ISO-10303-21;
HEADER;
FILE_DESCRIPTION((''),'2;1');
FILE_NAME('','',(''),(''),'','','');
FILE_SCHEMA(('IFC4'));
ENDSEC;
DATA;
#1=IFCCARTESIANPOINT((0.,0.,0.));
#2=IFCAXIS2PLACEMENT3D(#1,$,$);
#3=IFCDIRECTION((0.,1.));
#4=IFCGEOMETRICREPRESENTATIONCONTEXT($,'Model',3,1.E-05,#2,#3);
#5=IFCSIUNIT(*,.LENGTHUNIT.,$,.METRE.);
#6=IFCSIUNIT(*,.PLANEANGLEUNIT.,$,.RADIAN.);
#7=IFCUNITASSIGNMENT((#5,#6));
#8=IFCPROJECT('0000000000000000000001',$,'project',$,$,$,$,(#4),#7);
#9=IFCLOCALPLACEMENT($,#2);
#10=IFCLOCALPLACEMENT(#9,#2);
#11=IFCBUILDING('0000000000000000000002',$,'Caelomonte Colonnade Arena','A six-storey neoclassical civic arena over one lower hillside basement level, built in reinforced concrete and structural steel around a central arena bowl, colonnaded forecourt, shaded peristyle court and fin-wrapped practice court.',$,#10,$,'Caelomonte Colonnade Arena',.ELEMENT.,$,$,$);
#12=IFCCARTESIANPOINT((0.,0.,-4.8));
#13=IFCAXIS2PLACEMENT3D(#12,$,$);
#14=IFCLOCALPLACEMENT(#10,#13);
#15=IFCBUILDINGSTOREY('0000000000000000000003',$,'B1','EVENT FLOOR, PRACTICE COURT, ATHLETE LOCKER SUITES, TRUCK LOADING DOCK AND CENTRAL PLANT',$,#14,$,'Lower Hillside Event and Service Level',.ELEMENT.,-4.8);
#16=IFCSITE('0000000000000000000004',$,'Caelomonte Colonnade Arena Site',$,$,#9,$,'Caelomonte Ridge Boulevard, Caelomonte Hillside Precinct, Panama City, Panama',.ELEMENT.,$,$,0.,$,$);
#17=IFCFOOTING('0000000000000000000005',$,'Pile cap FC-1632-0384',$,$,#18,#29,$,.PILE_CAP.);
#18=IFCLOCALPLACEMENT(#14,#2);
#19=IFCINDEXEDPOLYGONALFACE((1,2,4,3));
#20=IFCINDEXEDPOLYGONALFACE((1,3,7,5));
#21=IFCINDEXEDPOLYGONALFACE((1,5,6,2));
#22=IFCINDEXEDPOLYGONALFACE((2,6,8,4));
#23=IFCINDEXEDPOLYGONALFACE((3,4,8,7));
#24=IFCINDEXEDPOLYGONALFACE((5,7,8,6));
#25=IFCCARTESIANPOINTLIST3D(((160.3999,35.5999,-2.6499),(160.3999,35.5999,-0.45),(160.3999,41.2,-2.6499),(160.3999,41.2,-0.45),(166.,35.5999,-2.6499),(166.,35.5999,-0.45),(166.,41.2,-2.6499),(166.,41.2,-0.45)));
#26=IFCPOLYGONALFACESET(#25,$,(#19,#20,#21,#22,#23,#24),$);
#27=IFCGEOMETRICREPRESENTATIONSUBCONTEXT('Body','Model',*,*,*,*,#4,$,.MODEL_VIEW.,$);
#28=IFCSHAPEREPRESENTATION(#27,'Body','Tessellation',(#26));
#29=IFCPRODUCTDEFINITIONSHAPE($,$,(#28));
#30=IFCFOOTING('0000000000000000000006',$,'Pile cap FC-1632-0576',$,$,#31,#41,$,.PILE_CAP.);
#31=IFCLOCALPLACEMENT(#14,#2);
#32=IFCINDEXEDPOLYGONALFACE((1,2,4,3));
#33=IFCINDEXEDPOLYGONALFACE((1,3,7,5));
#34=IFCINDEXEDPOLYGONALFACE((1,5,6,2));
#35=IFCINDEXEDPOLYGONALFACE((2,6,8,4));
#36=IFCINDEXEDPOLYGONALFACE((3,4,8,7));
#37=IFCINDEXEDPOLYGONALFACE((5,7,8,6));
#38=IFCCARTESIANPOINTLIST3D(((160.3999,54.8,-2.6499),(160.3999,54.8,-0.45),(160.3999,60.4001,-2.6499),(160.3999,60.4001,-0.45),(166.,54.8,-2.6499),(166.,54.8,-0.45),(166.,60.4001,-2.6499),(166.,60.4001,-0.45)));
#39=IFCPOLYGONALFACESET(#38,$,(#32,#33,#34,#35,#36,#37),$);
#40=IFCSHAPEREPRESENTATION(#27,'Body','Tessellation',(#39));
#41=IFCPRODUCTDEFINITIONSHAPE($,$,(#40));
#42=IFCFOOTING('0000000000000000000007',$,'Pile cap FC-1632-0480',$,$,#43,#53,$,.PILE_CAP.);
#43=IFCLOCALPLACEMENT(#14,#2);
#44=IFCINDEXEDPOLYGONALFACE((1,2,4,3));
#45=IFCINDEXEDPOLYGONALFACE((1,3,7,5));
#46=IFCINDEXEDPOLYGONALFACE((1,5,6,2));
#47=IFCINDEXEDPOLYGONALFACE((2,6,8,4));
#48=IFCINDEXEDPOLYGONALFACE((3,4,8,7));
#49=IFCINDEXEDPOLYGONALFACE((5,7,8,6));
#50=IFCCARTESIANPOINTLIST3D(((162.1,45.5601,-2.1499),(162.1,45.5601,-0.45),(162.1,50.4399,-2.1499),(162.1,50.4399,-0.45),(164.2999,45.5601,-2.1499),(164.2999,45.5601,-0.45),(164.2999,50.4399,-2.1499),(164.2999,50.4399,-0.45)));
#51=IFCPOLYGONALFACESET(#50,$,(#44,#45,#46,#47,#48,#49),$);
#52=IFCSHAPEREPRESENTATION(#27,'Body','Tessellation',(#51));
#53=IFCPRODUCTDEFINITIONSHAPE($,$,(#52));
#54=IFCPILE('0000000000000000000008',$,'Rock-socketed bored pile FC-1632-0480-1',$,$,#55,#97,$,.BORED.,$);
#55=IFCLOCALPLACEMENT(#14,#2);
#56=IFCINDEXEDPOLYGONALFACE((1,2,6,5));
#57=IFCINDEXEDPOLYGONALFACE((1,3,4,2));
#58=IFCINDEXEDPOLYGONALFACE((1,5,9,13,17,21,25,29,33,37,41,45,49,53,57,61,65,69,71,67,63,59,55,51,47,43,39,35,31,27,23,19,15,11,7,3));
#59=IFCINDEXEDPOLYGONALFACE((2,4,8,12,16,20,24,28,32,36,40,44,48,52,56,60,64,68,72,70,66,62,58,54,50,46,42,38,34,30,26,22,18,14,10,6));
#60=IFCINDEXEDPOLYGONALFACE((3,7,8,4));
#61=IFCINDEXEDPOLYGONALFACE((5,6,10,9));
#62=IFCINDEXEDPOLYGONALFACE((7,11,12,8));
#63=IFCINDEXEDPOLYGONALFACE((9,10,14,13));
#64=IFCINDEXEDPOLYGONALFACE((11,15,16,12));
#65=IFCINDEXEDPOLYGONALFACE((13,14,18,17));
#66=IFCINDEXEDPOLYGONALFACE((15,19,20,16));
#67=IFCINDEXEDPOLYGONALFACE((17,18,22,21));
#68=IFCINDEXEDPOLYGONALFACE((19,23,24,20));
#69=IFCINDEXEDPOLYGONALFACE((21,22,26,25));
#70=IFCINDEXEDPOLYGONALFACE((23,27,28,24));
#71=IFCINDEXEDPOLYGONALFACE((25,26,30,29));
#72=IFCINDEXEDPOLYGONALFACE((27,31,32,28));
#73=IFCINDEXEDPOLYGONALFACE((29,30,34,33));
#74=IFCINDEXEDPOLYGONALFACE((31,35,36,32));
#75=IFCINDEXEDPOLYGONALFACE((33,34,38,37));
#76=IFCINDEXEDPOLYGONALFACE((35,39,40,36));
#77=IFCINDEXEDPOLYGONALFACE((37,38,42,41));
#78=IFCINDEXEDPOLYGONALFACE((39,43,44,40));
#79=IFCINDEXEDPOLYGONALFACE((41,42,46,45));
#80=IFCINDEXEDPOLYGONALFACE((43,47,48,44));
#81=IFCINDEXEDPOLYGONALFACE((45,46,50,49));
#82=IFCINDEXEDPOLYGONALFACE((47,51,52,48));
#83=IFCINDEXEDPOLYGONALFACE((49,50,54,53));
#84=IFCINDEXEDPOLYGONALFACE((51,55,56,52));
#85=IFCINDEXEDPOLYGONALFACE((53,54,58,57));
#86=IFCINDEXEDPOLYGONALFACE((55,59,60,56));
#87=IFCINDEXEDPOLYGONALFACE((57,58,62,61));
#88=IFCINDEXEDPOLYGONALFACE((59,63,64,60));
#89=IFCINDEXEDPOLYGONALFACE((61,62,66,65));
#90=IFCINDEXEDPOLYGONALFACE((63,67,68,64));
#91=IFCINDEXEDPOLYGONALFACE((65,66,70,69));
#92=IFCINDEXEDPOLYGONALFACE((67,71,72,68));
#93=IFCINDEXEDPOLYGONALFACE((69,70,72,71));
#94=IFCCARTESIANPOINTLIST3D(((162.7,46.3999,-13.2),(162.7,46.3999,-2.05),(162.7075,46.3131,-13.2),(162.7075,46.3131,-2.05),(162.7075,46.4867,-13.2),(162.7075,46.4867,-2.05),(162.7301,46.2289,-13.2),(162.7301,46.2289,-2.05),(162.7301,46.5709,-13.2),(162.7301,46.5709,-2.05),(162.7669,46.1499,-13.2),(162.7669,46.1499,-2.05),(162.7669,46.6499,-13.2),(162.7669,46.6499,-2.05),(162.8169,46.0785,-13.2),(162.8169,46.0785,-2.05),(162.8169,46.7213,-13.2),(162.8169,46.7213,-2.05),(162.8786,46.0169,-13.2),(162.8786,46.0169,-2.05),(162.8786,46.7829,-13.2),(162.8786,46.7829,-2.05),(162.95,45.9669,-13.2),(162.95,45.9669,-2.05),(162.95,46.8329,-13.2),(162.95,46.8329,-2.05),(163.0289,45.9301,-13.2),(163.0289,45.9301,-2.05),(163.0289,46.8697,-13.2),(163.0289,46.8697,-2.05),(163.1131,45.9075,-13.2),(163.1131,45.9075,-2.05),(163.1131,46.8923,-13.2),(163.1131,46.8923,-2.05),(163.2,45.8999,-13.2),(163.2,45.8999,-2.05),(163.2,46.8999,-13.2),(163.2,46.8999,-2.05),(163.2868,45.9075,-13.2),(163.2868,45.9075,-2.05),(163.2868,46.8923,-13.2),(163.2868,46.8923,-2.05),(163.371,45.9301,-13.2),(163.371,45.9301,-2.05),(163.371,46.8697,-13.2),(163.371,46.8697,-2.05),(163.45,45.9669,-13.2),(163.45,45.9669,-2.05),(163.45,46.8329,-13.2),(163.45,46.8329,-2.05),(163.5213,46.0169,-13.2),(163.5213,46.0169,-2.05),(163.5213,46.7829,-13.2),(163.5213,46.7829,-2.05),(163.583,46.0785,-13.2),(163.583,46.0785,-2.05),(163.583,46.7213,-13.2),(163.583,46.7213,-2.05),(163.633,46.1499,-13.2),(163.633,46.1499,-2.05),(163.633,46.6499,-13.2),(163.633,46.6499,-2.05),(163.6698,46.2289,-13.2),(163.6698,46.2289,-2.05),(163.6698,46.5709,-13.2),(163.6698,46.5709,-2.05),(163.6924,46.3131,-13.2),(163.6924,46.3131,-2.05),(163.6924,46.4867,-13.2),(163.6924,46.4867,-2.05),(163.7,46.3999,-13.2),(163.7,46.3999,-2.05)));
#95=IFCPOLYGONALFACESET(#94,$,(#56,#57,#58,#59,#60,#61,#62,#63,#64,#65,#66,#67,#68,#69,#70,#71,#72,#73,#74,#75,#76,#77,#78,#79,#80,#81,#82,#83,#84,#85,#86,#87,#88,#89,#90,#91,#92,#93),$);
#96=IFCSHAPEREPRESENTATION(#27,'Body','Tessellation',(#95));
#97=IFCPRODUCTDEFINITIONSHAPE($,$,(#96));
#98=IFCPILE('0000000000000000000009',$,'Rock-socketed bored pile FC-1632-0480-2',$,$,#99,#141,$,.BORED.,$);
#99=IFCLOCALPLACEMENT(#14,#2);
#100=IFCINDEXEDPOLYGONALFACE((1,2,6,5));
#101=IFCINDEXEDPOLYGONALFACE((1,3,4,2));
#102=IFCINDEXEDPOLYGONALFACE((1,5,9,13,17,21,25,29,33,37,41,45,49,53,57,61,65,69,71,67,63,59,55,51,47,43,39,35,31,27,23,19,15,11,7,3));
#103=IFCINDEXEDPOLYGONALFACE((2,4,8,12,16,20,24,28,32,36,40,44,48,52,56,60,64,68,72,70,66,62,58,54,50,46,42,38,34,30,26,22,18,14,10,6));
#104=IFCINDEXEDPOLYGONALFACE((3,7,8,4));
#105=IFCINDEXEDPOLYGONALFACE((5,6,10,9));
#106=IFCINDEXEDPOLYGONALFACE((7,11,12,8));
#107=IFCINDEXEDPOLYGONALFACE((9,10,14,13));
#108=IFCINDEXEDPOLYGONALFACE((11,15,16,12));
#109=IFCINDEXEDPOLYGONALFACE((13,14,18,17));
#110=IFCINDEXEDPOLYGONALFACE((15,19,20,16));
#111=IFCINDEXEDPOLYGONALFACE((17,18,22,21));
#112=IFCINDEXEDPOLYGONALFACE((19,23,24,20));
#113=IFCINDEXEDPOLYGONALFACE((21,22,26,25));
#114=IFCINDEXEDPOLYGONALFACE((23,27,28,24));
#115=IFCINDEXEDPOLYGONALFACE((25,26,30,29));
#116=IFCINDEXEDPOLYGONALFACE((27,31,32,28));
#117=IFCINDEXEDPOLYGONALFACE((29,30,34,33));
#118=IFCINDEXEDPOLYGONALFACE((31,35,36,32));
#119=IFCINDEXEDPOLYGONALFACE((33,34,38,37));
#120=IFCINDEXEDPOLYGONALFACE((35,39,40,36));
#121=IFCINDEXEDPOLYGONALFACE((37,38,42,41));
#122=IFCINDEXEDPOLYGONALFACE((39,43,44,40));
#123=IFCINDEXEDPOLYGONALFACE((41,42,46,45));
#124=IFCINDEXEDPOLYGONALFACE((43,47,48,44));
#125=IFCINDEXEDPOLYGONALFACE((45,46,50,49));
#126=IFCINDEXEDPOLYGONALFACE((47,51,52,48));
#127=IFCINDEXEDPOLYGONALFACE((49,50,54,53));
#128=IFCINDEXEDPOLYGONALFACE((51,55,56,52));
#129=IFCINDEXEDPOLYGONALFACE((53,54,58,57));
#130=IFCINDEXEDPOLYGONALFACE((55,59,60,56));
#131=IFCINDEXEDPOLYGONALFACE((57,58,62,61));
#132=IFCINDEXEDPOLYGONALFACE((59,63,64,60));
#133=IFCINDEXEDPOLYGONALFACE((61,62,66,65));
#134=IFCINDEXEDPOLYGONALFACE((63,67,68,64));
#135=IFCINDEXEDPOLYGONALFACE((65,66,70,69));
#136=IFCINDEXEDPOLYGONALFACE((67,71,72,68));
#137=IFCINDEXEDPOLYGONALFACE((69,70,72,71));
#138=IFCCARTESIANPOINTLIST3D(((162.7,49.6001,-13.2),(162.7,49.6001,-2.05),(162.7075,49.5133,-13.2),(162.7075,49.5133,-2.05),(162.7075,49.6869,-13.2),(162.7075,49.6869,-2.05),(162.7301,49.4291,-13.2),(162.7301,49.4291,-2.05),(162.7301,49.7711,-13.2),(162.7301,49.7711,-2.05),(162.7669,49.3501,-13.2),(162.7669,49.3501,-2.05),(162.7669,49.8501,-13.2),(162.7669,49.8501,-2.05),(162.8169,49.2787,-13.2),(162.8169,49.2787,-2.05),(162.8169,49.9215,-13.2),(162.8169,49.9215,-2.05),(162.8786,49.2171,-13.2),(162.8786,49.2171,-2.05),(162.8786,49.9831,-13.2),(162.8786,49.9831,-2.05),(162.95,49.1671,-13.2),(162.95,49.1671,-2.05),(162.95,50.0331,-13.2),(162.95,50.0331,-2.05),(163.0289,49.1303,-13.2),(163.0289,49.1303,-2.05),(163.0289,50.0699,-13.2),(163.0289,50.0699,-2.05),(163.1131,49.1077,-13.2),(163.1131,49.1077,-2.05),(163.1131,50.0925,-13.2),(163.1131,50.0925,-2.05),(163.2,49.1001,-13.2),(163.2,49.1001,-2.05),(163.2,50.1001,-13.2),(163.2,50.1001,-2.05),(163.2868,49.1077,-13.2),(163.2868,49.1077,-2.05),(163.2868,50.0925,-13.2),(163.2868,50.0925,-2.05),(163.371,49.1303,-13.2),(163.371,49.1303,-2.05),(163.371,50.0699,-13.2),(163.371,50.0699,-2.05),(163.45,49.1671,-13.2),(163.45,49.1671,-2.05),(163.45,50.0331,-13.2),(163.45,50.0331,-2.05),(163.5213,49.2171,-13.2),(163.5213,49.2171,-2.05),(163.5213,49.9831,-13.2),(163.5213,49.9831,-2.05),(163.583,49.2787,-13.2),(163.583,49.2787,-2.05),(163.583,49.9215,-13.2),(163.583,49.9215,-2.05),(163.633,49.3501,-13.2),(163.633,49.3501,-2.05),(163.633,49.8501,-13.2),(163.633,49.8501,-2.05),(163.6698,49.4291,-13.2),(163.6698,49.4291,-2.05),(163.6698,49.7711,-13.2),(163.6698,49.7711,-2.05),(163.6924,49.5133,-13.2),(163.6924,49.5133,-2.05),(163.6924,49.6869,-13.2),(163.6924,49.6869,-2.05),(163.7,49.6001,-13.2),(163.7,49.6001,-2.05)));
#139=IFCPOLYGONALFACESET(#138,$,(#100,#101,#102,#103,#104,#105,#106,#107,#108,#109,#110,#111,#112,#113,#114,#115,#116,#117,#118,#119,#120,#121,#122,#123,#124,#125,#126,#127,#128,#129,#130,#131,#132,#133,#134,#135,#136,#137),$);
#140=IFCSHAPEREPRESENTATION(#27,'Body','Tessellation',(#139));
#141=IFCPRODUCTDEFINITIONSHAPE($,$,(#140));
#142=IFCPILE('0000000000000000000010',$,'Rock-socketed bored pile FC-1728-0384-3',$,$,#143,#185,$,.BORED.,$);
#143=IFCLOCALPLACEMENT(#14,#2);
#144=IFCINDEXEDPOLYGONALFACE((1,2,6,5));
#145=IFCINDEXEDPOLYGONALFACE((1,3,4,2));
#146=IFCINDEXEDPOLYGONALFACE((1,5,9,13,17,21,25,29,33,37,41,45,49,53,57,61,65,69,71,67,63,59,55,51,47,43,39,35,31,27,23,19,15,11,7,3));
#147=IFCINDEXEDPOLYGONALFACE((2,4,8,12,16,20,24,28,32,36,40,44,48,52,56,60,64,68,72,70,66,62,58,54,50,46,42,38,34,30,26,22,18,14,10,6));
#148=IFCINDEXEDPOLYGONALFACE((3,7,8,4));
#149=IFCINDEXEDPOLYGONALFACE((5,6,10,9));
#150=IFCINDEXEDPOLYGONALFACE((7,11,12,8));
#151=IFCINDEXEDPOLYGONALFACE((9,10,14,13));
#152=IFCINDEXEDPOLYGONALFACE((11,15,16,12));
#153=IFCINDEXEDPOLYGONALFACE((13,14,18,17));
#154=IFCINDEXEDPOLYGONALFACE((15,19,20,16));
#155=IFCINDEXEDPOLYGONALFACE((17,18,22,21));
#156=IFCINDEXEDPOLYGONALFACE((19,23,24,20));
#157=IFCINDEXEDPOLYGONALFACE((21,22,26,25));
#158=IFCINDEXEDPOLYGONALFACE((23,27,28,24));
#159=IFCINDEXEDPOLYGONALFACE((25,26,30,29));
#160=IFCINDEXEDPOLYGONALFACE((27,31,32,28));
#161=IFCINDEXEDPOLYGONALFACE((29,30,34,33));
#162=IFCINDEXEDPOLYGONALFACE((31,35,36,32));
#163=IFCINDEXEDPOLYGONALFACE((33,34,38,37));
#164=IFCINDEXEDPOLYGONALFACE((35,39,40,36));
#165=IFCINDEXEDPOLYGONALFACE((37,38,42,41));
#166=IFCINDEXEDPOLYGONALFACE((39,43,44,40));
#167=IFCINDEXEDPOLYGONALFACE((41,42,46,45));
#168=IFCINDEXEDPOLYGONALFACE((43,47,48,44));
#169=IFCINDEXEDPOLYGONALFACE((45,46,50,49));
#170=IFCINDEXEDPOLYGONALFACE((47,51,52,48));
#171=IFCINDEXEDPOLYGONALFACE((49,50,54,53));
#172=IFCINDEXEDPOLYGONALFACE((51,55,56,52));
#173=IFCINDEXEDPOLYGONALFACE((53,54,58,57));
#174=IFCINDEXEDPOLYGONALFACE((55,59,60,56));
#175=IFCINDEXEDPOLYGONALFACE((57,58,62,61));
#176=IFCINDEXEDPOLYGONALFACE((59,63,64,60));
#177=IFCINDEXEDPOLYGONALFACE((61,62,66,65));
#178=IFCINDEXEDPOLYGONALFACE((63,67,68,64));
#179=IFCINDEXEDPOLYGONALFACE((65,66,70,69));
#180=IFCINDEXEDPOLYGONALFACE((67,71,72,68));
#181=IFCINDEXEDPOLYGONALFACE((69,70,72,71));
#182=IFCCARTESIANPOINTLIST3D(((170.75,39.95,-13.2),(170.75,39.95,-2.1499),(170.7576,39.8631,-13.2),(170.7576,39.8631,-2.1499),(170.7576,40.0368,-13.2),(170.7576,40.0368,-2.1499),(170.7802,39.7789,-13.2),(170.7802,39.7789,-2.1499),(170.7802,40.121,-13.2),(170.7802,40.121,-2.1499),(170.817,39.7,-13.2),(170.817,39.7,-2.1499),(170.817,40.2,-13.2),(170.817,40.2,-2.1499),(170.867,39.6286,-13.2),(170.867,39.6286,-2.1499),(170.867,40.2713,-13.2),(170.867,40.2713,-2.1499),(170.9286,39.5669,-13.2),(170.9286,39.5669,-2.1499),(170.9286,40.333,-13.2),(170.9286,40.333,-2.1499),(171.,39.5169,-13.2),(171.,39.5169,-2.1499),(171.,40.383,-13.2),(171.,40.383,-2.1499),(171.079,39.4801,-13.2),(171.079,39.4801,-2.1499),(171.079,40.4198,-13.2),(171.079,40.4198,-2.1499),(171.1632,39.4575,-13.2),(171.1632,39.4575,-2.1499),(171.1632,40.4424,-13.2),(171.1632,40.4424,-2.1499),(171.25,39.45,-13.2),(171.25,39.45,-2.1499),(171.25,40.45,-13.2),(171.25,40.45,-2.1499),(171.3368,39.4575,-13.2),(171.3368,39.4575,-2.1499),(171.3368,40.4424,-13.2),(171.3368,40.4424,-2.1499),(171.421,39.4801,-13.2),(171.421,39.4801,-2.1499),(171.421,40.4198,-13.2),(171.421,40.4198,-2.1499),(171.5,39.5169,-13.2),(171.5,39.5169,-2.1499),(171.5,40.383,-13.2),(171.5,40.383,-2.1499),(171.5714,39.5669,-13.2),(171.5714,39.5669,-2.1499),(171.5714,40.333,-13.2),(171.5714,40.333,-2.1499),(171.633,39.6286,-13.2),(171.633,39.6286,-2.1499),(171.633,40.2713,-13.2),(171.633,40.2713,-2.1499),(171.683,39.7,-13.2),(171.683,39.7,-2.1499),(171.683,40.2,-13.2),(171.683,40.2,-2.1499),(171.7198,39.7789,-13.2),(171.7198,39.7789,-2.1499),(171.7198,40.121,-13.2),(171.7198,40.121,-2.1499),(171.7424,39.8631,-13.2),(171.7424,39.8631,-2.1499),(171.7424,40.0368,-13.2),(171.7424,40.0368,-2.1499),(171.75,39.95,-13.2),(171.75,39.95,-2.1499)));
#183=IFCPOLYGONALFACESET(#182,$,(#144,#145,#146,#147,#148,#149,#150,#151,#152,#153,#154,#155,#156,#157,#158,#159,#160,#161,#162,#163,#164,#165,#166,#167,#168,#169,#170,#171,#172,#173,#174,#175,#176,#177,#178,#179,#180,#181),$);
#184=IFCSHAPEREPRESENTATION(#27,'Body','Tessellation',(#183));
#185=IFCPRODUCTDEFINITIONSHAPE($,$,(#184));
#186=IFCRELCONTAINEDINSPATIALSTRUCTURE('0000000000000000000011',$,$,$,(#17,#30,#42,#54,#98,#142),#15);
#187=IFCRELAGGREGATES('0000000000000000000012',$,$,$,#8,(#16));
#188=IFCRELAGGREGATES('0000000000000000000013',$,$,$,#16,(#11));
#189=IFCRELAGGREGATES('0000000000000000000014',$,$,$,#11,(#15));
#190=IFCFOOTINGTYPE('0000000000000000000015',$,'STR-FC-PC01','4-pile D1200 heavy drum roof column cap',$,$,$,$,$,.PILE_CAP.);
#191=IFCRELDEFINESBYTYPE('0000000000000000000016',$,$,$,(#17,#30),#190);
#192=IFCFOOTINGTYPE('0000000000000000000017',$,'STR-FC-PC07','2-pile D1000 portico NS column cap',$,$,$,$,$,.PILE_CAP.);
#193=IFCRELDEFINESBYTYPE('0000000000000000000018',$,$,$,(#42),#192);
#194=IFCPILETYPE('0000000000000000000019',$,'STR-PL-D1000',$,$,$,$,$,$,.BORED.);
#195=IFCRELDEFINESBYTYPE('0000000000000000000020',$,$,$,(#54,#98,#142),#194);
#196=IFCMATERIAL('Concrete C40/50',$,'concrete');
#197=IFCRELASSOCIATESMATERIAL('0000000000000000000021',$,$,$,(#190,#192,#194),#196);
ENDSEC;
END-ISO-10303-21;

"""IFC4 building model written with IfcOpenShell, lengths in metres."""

from ifc_helpers import new_model, si_unit, direction, frame, origin, origin_2d, place, context, subcontext, project, spatial, rectangle, circle, extrude, material, material_profile, profile_set, type_object, element, save


model = new_model("IFC4")

# Units and contexts
model_context = context("Model", 3, precision=1e-05, world=origin(), true_north=direction((0.0, 1.0)))
body_context = subcontext(model_context, "Body", "Model", "MODEL_VIEW")
ifc_project = project(units=[si_unit("LENGTHUNIT", "METRE"), si_unit("PLANEANGLEUNIT", "RADIAN")], contexts=[model_context])

# Site, building, storey
site_placement = place(None, origin())
site = spatial("IfcSite", under=ifc_project, at=site_placement, Name="Caelomonte Colonnade Arena Site", LongName="Caelomonte Ridge Boulevard, Caelomonte Hillside Precinct, Panama City, Panama", CompositionType="ELEMENT", RefElevation=0.0)
building_placement = place(site_placement, origin())
building = spatial("IfcBuilding", under=site, at=building_placement, Name="Caelomonte Colonnade Arena", Description="A six-storey neoclassical civic arena over one lower hillside basement level, built in reinforced concrete and structural steel around a central arena bowl, colonnaded forecourt, shaded peristyle court and fin-wrapped practice court.", LongName="Caelomonte Colonnade Arena", CompositionType="ELEMENT")
storey_placement = place(building_placement, frame((0.0, 0.0, -4.8)))
storey = spatial("IfcBuildingStorey", under=building, at=storey_placement, Name="B1", Description="EVENT FLOOR, PRACTICE COURT, ATHLETE LOCKER SUITES, TRUCK LOADING DOCK AND CENTRAL PLANT", LongName="Lower Hillside Event and Service Level", CompositionType="ELEMENT", Elevation=-4.8)

# Footings
ifc_material_1 = material(Name="Concrete C40/50", Category="concrete")
footing_type_1 = type_object("IfcFootingType", Name="STR-FC-PC01", Description="4-pile D1200 heavy drum roof column cap", PredefinedType="PILE_CAP", material=ifc_material_1)
for number, where, z_axis, x_axis, name in (
    (1, (163.2, 38.3999, -2.6499), (0.0, 0.0, 1.0), (1.0, 0.0, 0.0), "Pile cap FC-1632-0384"),
    (2, (163.2, 57.6001, -2.6499), (0.0, 0.0, 1.0), (1.0, 0.0, 0.0), "Pile cap FC-1632-0576"),
):
    element("IfcFooting", number, at=place(storey_placement, frame(where, z_axis=z_axis, x_axis=x_axis)), inside=storey, type_object=footing_type_1, Name=name, PredefinedType="PILE_CAP", context=body_context, shape_type="SweptSolid", body=[
        extrude(rectangle(XDim=5.6001, YDim=5.6001, at=origin_2d()), origin(), (0.0, 0.0, 1.0), 2.2),
    ])
footing_type_2 = type_object("IfcFootingType", Name="STR-FC-PC07", Description="2-pile D1000 portico NS column cap", PredefinedType="PILE_CAP", material=ifc_material_1)
footing_placement = place(storey_placement, frame((163.2, 48.0, -2.1499), z_axis=(0.0, 0.0, 1.0), x_axis=(1.0, 0.0, 0.0)))
element("IfcFooting", 3, at=footing_placement, inside=storey, type_object=footing_type_2, Name="Pile cap FC-1632-0480", PredefinedType="PILE_CAP", context=body_context, shape_type="SweptSolid", body=[
    extrude(rectangle(XDim=2.2, YDim=4.8799, at=origin_2d()), origin(), (0.0, 0.0, 1.0), 1.7),
])

# Piles
ifc_material_profile_1 = material_profile(ifc_material_1, circle(Radius=0.5, at=origin_2d()), Name="PILE-D1000")
ifc_profile_set_1 = profile_set([ifc_material_profile_1], Name="Concrete C40/50")
pile_type_1 = type_object("IfcPileType", Name="STR-PL-D1000", PredefinedType="BORED", material=ifc_profile_set_1)
for number, where, z_axis, x_axis, name in (
    (4, (163.2, 46.3999, -2.05), (0.0, 0.0, -1.0), (1.0, 0.0, 0.0), "Rock-socketed bored pile FC-1632-0480-1"),
    (5, (163.2, 49.6001, -2.05), (0.0, 0.0, -1.0), (1.0, 0.0, 0.0), "Rock-socketed bored pile FC-1632-0480-2"),
):
    element("IfcPile", number, at=place(storey_placement, frame(where, z_axis=z_axis, x_axis=x_axis)), inside=storey, type_object=pile_type_1, Name=name, PredefinedType="BORED", context=body_context, shape_type="SweptSolid", body=[
        extrude(circle(Radius=0.5, at=origin_2d()), origin(), (0.0, 0.0, 1.0), 11.1499),
    ])
for number, where, z_axis, x_axis, name in (
    (6, (171.25, 39.95, -2.1499), (0.0, 0.0, -1.0), (1.0, 0.0, 0.0), "Rock-socketed bored pile FC-1728-0384-3"),
):
    element("IfcPile", number, at=place(storey_placement, frame(where, z_axis=z_axis, x_axis=x_axis)), inside=storey, type_object=pile_type_1, Name=name, PredefinedType="BORED", context=body_context, shape_type="SweptSolid", body=[
        extrude(circle(Radius=0.5, at=origin_2d()), origin(), (0.0, 0.0, 1.0), 11.05),
    ])

save(model, "model.ifc")
